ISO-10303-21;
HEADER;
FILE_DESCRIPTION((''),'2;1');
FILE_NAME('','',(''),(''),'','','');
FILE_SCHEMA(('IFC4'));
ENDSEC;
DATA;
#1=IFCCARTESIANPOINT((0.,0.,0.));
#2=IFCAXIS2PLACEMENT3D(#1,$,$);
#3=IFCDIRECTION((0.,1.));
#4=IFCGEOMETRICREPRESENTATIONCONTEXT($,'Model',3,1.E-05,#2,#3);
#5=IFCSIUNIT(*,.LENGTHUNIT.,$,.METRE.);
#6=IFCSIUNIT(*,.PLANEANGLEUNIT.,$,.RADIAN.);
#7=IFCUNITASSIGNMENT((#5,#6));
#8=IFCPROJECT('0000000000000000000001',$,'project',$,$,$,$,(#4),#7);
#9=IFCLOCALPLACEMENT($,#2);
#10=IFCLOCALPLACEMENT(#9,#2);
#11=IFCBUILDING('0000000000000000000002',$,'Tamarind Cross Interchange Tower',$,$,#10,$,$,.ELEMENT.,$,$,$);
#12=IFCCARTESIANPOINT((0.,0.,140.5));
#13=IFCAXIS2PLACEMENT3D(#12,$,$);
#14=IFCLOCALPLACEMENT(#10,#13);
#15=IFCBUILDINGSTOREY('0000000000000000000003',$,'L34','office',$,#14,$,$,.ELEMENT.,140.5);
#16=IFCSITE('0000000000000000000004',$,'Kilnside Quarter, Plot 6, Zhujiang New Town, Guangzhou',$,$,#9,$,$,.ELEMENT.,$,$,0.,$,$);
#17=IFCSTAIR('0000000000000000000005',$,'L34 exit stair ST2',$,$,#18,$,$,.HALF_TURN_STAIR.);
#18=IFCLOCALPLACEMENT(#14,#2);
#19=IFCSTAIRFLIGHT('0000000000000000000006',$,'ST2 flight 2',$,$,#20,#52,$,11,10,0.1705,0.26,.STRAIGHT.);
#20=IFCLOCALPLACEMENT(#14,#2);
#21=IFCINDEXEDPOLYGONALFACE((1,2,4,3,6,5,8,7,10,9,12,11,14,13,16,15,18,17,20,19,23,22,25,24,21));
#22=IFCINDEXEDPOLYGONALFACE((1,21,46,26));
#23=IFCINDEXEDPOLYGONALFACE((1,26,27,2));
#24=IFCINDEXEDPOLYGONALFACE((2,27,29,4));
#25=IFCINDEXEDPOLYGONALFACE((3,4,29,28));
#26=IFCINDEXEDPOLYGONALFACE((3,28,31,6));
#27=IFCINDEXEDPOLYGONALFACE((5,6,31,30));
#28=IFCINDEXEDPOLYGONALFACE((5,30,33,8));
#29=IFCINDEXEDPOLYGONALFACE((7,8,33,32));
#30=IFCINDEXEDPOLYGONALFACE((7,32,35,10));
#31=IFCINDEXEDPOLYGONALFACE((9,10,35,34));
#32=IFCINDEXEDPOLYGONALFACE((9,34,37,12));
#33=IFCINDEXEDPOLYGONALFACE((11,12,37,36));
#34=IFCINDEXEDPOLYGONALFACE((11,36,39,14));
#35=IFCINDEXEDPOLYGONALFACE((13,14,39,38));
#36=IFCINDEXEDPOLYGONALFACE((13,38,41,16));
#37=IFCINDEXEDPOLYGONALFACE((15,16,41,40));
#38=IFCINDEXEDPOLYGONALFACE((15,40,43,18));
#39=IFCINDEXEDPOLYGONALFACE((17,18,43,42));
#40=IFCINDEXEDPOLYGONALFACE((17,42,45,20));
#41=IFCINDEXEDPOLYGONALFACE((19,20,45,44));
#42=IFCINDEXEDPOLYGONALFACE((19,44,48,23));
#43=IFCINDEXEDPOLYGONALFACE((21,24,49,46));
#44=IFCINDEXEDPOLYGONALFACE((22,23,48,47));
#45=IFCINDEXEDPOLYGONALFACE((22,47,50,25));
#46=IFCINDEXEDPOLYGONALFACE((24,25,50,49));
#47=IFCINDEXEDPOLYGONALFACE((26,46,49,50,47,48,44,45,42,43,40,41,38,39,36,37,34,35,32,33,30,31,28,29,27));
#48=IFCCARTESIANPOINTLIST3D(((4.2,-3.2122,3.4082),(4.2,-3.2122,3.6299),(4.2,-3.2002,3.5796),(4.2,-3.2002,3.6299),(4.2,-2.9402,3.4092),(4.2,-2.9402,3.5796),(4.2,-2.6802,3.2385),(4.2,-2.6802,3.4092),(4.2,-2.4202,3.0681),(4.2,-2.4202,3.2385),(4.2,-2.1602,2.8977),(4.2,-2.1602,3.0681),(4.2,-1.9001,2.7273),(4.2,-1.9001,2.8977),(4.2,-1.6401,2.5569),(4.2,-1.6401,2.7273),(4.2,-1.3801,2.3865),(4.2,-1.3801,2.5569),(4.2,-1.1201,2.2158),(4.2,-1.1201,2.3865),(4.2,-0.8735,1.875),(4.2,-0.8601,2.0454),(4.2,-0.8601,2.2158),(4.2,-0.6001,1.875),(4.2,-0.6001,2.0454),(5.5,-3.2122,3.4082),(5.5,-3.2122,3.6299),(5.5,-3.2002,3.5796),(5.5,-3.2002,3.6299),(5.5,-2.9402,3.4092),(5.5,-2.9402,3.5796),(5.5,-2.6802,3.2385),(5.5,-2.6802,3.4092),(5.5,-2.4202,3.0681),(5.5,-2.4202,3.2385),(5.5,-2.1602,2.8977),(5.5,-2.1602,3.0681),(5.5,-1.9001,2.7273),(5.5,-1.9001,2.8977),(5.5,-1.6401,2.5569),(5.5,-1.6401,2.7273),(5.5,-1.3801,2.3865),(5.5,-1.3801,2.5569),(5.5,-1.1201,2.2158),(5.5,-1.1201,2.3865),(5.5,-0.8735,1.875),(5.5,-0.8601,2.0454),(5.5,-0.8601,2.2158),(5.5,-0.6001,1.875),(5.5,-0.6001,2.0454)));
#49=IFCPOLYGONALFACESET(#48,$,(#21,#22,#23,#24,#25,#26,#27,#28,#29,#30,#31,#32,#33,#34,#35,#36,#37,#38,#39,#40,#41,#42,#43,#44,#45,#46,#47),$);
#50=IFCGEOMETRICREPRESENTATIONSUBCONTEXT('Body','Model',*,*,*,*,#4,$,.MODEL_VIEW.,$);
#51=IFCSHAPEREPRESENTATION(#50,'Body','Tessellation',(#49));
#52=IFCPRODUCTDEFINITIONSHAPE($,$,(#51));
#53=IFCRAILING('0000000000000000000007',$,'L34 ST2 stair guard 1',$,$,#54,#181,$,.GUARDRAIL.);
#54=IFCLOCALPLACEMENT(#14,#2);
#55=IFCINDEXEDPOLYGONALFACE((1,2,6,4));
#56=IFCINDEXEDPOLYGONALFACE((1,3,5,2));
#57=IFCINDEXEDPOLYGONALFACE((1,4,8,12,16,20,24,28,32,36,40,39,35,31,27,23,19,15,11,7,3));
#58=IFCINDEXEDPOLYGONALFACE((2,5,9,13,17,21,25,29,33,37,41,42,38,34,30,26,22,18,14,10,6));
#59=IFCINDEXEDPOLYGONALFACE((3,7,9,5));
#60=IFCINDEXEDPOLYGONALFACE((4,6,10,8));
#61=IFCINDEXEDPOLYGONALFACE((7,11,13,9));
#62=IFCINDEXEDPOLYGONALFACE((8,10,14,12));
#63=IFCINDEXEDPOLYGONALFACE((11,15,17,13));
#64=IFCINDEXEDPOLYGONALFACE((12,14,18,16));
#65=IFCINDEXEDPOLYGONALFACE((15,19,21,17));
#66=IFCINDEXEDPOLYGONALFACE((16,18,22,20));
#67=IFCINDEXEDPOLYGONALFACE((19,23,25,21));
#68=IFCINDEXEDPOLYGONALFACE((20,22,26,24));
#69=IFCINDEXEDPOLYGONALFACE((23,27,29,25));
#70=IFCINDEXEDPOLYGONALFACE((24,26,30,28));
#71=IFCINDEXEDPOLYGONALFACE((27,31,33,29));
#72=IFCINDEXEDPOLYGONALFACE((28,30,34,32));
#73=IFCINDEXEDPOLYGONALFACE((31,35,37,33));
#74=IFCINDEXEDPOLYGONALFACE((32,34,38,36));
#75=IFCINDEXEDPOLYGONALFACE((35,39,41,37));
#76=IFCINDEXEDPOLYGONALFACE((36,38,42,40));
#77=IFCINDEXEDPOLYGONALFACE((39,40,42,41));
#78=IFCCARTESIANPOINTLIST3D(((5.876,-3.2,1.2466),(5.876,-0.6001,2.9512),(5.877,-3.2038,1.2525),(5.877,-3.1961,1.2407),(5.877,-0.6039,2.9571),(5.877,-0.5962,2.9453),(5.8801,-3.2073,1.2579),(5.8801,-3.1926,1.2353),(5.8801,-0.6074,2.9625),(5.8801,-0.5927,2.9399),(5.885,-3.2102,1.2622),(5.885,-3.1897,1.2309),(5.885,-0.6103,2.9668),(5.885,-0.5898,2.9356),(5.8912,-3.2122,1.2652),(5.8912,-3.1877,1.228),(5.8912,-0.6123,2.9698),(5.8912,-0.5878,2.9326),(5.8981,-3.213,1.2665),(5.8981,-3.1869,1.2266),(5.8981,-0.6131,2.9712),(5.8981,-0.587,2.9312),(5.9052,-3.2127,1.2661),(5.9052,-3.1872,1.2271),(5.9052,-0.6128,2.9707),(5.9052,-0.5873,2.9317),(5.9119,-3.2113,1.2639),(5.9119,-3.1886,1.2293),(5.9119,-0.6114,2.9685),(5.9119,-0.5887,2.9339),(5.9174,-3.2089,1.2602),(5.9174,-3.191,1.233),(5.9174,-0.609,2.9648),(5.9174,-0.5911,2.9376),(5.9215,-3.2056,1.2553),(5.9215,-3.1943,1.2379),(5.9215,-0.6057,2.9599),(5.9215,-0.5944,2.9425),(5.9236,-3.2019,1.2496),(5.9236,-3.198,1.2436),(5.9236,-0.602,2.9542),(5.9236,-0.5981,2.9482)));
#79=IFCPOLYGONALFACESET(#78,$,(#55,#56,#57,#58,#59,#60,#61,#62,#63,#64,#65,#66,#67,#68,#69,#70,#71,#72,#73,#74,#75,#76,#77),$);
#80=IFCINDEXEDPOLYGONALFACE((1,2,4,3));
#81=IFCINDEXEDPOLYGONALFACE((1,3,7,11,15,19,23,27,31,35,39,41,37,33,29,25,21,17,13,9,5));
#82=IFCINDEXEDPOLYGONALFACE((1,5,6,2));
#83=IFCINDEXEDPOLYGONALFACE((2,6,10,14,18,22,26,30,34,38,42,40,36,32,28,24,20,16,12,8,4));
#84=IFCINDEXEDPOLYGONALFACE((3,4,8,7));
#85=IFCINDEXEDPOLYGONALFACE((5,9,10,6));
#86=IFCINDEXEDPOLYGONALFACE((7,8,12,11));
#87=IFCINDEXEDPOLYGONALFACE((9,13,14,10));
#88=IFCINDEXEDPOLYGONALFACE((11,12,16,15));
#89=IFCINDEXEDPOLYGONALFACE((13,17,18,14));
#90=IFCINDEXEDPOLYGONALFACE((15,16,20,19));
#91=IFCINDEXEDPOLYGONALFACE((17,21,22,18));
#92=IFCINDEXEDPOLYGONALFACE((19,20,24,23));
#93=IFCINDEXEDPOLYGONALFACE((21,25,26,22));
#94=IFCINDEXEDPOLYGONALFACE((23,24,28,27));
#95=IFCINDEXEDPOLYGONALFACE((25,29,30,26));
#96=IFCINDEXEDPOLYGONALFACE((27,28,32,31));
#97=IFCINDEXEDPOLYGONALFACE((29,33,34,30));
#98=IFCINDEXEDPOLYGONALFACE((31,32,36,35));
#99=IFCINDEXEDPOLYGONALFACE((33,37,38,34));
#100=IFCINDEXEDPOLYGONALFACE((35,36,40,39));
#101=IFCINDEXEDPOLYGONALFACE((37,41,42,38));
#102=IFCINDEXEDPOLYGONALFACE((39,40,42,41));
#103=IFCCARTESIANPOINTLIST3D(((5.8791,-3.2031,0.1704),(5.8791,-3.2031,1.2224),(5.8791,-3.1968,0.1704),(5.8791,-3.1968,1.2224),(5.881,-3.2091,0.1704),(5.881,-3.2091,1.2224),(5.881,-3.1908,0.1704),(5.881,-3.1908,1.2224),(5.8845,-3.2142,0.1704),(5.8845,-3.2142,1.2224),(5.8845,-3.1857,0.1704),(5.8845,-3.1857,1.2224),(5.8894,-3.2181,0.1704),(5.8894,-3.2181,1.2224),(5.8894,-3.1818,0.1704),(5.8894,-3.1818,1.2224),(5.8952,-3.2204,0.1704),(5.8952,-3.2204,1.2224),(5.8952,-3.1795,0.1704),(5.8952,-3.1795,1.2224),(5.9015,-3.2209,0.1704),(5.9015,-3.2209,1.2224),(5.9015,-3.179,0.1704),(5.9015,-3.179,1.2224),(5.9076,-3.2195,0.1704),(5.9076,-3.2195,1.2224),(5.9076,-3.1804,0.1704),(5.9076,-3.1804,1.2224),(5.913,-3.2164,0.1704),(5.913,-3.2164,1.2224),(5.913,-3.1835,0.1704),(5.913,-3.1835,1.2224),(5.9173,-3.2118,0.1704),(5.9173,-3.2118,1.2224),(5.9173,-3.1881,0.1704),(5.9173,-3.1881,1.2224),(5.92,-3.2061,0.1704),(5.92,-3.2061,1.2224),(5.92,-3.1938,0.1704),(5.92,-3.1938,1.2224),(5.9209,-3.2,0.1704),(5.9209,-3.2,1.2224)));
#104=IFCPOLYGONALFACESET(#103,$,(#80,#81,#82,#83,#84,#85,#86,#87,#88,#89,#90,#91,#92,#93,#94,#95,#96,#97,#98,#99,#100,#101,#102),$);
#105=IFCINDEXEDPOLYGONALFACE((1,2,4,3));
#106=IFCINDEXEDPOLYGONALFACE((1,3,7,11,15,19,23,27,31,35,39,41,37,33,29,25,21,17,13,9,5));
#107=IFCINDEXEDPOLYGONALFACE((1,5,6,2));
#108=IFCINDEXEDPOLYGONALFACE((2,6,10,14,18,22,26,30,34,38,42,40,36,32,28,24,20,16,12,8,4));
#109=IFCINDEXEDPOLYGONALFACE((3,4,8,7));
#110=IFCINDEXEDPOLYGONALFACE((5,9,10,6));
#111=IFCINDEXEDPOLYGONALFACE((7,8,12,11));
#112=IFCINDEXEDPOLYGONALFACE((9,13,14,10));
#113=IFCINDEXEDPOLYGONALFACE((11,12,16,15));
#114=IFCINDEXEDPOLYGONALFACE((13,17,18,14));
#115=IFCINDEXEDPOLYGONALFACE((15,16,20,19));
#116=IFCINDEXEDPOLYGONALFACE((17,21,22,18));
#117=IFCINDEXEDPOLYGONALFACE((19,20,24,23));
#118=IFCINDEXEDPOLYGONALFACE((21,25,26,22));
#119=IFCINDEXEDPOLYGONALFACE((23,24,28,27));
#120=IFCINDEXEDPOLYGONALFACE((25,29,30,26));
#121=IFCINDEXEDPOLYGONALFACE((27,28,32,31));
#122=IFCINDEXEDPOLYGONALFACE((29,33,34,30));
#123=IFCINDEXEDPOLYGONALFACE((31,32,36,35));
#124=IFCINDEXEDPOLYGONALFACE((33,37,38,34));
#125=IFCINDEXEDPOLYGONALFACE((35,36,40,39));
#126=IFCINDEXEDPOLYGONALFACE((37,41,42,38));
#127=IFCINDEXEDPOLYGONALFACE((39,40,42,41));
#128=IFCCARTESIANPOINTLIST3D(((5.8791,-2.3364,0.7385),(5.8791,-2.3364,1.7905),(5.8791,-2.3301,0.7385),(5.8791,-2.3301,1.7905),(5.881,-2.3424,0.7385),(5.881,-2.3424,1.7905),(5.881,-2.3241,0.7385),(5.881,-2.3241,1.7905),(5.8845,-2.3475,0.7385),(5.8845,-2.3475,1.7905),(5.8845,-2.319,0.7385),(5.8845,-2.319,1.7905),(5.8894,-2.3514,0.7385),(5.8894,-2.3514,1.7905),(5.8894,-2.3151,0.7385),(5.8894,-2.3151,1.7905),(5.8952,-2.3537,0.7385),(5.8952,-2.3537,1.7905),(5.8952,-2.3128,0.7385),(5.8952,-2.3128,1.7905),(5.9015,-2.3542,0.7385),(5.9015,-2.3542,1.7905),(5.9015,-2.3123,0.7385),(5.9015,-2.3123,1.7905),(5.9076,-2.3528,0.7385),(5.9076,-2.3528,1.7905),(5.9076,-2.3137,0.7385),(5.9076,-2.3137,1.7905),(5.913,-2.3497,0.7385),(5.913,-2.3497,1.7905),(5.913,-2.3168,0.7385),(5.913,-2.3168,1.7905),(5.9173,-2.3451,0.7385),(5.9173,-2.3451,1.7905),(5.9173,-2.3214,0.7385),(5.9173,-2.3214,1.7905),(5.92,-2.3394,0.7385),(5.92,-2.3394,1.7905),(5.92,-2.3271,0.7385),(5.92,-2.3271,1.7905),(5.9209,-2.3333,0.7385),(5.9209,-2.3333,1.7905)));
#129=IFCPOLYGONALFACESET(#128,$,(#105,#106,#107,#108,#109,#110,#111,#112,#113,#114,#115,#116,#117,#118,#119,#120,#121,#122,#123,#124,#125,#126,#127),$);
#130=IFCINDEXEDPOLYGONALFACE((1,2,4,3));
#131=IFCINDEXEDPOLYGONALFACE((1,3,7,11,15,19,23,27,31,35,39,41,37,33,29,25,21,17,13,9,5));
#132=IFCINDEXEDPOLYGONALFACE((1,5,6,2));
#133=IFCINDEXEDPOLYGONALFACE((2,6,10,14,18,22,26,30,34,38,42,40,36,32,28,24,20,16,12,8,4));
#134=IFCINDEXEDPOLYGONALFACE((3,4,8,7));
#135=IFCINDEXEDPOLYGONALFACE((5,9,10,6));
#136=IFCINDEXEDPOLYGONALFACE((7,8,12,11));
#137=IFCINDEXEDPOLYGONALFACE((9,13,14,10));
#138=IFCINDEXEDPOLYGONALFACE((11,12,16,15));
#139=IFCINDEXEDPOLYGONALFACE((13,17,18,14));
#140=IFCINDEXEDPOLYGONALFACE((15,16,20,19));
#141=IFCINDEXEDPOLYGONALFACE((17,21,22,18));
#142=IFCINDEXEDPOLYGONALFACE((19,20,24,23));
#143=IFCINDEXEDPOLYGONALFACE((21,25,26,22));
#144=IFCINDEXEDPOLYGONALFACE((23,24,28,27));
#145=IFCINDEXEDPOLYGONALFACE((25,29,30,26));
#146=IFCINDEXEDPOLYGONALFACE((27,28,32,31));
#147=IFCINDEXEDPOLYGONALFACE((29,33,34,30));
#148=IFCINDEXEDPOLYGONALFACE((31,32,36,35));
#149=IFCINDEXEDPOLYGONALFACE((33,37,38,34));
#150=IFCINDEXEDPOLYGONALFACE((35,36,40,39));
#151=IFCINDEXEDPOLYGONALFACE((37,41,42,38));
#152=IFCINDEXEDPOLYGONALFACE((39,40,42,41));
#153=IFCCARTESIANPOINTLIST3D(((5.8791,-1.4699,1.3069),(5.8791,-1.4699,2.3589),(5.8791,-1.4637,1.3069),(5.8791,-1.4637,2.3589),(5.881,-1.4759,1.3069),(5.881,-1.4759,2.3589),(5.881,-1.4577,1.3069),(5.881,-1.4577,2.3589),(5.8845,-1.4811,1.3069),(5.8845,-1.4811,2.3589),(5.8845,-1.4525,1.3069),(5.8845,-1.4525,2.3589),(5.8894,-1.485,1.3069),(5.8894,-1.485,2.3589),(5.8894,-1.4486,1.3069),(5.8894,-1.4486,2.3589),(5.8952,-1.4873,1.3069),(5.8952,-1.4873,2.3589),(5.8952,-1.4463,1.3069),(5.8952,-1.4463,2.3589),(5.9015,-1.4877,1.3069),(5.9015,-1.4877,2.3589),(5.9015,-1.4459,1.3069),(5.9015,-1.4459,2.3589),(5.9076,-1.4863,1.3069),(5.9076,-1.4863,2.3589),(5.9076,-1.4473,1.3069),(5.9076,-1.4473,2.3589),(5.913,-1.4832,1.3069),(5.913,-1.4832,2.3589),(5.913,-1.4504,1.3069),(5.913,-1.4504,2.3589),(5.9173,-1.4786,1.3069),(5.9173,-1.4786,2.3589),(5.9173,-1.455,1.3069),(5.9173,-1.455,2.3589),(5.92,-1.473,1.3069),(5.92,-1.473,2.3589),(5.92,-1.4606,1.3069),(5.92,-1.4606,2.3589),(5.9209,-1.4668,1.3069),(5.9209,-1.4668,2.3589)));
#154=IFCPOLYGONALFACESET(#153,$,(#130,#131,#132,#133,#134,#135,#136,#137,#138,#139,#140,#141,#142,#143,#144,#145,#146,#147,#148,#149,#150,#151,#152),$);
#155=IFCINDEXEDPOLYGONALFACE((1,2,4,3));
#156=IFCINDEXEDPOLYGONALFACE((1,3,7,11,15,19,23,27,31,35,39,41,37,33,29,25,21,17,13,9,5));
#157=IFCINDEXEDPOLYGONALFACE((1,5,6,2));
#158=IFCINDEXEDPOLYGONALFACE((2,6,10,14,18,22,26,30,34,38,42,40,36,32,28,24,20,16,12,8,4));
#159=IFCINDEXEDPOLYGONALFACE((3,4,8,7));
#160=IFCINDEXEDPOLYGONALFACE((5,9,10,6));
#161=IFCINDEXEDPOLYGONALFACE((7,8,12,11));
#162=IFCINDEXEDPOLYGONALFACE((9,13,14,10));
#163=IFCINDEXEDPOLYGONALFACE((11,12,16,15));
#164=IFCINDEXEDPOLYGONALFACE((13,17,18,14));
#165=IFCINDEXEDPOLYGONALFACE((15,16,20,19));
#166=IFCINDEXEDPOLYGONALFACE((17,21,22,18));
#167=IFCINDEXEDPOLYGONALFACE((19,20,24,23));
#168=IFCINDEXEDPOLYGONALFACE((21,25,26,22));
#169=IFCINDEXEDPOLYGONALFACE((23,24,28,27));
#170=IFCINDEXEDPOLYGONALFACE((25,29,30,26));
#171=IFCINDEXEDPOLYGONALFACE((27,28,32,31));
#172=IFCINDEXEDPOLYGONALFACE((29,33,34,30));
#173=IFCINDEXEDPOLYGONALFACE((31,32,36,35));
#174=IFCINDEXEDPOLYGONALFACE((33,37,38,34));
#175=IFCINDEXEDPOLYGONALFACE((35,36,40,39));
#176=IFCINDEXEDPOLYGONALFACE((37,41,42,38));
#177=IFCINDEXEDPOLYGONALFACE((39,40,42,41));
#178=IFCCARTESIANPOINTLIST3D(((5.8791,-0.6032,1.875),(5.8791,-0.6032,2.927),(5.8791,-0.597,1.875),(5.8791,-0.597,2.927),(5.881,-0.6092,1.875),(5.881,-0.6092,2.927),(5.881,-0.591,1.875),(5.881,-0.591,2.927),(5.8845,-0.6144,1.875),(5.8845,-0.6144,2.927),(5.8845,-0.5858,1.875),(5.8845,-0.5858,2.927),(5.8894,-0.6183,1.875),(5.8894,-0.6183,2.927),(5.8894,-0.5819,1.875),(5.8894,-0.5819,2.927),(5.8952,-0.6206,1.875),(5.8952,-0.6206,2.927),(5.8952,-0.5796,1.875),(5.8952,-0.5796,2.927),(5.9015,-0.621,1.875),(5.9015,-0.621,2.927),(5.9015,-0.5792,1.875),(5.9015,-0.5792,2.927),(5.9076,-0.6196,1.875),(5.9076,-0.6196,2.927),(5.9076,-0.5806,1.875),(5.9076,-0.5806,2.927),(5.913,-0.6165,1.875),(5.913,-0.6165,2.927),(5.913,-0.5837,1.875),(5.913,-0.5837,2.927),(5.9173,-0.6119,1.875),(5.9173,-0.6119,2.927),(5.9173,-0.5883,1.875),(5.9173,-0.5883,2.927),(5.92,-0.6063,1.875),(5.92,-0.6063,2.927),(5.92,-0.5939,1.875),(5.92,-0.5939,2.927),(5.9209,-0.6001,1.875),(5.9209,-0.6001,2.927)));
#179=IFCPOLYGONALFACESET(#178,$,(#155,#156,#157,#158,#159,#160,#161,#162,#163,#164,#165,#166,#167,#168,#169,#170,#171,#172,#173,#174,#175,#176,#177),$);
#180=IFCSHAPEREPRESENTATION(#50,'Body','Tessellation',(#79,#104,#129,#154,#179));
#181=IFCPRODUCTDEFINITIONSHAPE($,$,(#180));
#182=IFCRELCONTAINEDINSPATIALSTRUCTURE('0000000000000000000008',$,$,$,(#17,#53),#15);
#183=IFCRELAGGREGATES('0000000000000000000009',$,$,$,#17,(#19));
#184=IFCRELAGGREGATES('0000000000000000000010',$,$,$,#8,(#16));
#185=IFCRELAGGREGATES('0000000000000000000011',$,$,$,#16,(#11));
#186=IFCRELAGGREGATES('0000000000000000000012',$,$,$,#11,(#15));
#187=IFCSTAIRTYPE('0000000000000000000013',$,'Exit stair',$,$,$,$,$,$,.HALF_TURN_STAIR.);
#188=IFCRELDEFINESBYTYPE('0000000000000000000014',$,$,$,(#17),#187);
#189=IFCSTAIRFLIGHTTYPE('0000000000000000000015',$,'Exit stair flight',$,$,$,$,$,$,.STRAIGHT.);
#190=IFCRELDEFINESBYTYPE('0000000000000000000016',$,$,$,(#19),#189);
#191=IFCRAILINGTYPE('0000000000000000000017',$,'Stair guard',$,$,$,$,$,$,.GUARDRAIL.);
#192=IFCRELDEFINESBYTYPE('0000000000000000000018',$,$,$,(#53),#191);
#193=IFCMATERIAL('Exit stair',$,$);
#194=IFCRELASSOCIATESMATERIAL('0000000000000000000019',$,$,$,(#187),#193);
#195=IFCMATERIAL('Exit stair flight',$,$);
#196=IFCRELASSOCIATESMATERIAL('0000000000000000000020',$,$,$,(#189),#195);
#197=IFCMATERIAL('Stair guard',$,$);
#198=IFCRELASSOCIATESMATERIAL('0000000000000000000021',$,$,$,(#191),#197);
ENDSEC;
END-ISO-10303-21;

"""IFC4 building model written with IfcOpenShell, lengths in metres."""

from ifc_helpers import new_model, si_unit, direction, frame, origin, origin_2d, place, context, subcontext, project, spatial, polyline, circle, outline, extrude, material, type_object, element, aggregate, save


model = new_model("IFC4")

# Units and contexts
model_context = context("Model", 3, precision=1e-05, world=origin(), true_north=direction((0.0, 1.0)))
body_context = subcontext(model_context, "Body", "Model", "MODEL_VIEW")
ifc_project = project(units=[si_unit("LENGTHUNIT", "METRE"), si_unit("PLANEANGLEUNIT", "RADIAN")], contexts=[model_context])

# Site, building, storey
site_placement = place(None, origin())
site = spatial("IfcSite", under=ifc_project, at=site_placement, Name="Kilnside Quarter, Plot 6, Zhujiang New Town, Guangzhou", CompositionType="ELEMENT", RefElevation=0.0)
building_placement = place(site_placement, origin())
building = spatial("IfcBuilding", under=site, at=building_placement, Name="Tamarind Cross Interchange Tower", CompositionType="ELEMENT")
storey_placement = place(building_placement, frame((0.0, 0.0, 140.5)))
storey = spatial("IfcBuildingStorey", under=building, at=storey_placement, Name="L34", Description="office", CompositionType="ELEMENT", Elevation=140.5)

# Stair, stair flight
ifc_material_1 = material(Name="Exit stair")
stair_type = type_object("IfcStairType", Name="Exit stair", PredefinedType="HALF_TURN_STAIR", material=ifc_material_1)
stair_placement = place(storey_placement, origin())
stair = element("IfcStair", 1, at=stair_placement, inside=storey, type_object=stair_type, Name="L34 exit stair ST2", PredefinedType="HALF_TURN_STAIR")
ifc_material_2 = material(Name="Exit stair flight")
stair_flight_type = type_object("IfcStairFlightType", Name="Exit stair flight", PredefinedType="STRAIGHT", material=ifc_material_2)
stair_flight_1_placement = place(storey_placement, frame((4.8501, -0.6001, 1.875), z_axis=(0.0, 0.0, 1.0), x_axis=(0.0, -1.0, 0.0)))
stair_flight_1 = element("IfcStairFlight", 2, at=stair_flight_1_placement, type_object=stair_flight_type, Name="ST2 flight 2", NumberOfRisers=11, NumberOfTreads=10, PredefinedType="STRAIGHT", RiserHeight=0.1705, TreadLength=0.26, context=body_context, shape_type="SweptSolid", body=[
    extrude(outline(polyline([(0.0, 0.0), (0.0, 0.1704), (0.26, 0.1704), (0.26, 0.3408), (0.52, 0.3408), (0.52, 0.5115), (0.78, 0.5115), (0.78, 0.6819), (1.04, 0.6819), (1.04, 0.8523), (1.3, 0.8523), (1.3, 1.0227), (1.5601, 1.0227), (1.5601, 1.1931), (1.8201, 1.1931), (1.8201, 1.3635), (2.0801, 1.3635), (2.0801, 1.5342), (2.3401, 1.5342), (2.3401, 1.7046), (2.6001, 1.7046), (2.6001, 1.7549), (2.6121, 1.7549), (2.6121, 1.5332), (0.2734, 0.0), (0.0, 0.0)])), frame((0.0, 0.6499, 0.0), z_axis=(0.0, -1.0, 0.0), x_axis=(1.0, 0.0, 0.0)), (0.0, 0.0, 1.0), 1.3),
])
aggregate(stair, [stair_flight_1])

# Railing
ifc_material_3 = material(Name="Stair guard")
railing_type_1 = type_object("IfcRailingType", Name="Stair guard", PredefinedType="GUARDRAIL", material=ifc_material_3)
railing_1_placement = place(storey_placement, frame((5.8999, -3.2, 0.1704)))
element("IfcRailing", 3, at=railing_1_placement, inside=storey, type_object=railing_type_1, Name="L34 ST2 stair guard 1", PredefinedType="GUARDRAIL", context=body_context, shape_type="SweptSolid", body=[
    extrude(circle(Radius=0.0239, at=origin_2d()), frame((0.0, 0.0, 1.0762), z_axis=(0.0, 0.836279, 0.548305), x_axis=(-1.0, 0.0, 0.0)), (0.0, 0.0, 1.0), 3.1089),
    extrude(circle(Radius=0.021, at=origin_2d()), origin(), (0.0, 0.0, 1.0), 1.052),
    extrude(circle(Radius=0.021, at=origin_2d()), frame((0.0, 0.8667, 0.5681)), (0.0, 0.0, 1.0), 1.052),
    extrude(circle(Radius=0.021, at=origin_2d()), frame((0.0, 1.7332, 1.1365)), (0.0, 0.0, 1.0), 1.052),
    extrude(circle(Radius=0.021, at=origin_2d()), frame((0.0, 2.5999, 1.7046)), (0.0, 0.0, 1.0), 1.052),
])

save(model, "model.ifc")
